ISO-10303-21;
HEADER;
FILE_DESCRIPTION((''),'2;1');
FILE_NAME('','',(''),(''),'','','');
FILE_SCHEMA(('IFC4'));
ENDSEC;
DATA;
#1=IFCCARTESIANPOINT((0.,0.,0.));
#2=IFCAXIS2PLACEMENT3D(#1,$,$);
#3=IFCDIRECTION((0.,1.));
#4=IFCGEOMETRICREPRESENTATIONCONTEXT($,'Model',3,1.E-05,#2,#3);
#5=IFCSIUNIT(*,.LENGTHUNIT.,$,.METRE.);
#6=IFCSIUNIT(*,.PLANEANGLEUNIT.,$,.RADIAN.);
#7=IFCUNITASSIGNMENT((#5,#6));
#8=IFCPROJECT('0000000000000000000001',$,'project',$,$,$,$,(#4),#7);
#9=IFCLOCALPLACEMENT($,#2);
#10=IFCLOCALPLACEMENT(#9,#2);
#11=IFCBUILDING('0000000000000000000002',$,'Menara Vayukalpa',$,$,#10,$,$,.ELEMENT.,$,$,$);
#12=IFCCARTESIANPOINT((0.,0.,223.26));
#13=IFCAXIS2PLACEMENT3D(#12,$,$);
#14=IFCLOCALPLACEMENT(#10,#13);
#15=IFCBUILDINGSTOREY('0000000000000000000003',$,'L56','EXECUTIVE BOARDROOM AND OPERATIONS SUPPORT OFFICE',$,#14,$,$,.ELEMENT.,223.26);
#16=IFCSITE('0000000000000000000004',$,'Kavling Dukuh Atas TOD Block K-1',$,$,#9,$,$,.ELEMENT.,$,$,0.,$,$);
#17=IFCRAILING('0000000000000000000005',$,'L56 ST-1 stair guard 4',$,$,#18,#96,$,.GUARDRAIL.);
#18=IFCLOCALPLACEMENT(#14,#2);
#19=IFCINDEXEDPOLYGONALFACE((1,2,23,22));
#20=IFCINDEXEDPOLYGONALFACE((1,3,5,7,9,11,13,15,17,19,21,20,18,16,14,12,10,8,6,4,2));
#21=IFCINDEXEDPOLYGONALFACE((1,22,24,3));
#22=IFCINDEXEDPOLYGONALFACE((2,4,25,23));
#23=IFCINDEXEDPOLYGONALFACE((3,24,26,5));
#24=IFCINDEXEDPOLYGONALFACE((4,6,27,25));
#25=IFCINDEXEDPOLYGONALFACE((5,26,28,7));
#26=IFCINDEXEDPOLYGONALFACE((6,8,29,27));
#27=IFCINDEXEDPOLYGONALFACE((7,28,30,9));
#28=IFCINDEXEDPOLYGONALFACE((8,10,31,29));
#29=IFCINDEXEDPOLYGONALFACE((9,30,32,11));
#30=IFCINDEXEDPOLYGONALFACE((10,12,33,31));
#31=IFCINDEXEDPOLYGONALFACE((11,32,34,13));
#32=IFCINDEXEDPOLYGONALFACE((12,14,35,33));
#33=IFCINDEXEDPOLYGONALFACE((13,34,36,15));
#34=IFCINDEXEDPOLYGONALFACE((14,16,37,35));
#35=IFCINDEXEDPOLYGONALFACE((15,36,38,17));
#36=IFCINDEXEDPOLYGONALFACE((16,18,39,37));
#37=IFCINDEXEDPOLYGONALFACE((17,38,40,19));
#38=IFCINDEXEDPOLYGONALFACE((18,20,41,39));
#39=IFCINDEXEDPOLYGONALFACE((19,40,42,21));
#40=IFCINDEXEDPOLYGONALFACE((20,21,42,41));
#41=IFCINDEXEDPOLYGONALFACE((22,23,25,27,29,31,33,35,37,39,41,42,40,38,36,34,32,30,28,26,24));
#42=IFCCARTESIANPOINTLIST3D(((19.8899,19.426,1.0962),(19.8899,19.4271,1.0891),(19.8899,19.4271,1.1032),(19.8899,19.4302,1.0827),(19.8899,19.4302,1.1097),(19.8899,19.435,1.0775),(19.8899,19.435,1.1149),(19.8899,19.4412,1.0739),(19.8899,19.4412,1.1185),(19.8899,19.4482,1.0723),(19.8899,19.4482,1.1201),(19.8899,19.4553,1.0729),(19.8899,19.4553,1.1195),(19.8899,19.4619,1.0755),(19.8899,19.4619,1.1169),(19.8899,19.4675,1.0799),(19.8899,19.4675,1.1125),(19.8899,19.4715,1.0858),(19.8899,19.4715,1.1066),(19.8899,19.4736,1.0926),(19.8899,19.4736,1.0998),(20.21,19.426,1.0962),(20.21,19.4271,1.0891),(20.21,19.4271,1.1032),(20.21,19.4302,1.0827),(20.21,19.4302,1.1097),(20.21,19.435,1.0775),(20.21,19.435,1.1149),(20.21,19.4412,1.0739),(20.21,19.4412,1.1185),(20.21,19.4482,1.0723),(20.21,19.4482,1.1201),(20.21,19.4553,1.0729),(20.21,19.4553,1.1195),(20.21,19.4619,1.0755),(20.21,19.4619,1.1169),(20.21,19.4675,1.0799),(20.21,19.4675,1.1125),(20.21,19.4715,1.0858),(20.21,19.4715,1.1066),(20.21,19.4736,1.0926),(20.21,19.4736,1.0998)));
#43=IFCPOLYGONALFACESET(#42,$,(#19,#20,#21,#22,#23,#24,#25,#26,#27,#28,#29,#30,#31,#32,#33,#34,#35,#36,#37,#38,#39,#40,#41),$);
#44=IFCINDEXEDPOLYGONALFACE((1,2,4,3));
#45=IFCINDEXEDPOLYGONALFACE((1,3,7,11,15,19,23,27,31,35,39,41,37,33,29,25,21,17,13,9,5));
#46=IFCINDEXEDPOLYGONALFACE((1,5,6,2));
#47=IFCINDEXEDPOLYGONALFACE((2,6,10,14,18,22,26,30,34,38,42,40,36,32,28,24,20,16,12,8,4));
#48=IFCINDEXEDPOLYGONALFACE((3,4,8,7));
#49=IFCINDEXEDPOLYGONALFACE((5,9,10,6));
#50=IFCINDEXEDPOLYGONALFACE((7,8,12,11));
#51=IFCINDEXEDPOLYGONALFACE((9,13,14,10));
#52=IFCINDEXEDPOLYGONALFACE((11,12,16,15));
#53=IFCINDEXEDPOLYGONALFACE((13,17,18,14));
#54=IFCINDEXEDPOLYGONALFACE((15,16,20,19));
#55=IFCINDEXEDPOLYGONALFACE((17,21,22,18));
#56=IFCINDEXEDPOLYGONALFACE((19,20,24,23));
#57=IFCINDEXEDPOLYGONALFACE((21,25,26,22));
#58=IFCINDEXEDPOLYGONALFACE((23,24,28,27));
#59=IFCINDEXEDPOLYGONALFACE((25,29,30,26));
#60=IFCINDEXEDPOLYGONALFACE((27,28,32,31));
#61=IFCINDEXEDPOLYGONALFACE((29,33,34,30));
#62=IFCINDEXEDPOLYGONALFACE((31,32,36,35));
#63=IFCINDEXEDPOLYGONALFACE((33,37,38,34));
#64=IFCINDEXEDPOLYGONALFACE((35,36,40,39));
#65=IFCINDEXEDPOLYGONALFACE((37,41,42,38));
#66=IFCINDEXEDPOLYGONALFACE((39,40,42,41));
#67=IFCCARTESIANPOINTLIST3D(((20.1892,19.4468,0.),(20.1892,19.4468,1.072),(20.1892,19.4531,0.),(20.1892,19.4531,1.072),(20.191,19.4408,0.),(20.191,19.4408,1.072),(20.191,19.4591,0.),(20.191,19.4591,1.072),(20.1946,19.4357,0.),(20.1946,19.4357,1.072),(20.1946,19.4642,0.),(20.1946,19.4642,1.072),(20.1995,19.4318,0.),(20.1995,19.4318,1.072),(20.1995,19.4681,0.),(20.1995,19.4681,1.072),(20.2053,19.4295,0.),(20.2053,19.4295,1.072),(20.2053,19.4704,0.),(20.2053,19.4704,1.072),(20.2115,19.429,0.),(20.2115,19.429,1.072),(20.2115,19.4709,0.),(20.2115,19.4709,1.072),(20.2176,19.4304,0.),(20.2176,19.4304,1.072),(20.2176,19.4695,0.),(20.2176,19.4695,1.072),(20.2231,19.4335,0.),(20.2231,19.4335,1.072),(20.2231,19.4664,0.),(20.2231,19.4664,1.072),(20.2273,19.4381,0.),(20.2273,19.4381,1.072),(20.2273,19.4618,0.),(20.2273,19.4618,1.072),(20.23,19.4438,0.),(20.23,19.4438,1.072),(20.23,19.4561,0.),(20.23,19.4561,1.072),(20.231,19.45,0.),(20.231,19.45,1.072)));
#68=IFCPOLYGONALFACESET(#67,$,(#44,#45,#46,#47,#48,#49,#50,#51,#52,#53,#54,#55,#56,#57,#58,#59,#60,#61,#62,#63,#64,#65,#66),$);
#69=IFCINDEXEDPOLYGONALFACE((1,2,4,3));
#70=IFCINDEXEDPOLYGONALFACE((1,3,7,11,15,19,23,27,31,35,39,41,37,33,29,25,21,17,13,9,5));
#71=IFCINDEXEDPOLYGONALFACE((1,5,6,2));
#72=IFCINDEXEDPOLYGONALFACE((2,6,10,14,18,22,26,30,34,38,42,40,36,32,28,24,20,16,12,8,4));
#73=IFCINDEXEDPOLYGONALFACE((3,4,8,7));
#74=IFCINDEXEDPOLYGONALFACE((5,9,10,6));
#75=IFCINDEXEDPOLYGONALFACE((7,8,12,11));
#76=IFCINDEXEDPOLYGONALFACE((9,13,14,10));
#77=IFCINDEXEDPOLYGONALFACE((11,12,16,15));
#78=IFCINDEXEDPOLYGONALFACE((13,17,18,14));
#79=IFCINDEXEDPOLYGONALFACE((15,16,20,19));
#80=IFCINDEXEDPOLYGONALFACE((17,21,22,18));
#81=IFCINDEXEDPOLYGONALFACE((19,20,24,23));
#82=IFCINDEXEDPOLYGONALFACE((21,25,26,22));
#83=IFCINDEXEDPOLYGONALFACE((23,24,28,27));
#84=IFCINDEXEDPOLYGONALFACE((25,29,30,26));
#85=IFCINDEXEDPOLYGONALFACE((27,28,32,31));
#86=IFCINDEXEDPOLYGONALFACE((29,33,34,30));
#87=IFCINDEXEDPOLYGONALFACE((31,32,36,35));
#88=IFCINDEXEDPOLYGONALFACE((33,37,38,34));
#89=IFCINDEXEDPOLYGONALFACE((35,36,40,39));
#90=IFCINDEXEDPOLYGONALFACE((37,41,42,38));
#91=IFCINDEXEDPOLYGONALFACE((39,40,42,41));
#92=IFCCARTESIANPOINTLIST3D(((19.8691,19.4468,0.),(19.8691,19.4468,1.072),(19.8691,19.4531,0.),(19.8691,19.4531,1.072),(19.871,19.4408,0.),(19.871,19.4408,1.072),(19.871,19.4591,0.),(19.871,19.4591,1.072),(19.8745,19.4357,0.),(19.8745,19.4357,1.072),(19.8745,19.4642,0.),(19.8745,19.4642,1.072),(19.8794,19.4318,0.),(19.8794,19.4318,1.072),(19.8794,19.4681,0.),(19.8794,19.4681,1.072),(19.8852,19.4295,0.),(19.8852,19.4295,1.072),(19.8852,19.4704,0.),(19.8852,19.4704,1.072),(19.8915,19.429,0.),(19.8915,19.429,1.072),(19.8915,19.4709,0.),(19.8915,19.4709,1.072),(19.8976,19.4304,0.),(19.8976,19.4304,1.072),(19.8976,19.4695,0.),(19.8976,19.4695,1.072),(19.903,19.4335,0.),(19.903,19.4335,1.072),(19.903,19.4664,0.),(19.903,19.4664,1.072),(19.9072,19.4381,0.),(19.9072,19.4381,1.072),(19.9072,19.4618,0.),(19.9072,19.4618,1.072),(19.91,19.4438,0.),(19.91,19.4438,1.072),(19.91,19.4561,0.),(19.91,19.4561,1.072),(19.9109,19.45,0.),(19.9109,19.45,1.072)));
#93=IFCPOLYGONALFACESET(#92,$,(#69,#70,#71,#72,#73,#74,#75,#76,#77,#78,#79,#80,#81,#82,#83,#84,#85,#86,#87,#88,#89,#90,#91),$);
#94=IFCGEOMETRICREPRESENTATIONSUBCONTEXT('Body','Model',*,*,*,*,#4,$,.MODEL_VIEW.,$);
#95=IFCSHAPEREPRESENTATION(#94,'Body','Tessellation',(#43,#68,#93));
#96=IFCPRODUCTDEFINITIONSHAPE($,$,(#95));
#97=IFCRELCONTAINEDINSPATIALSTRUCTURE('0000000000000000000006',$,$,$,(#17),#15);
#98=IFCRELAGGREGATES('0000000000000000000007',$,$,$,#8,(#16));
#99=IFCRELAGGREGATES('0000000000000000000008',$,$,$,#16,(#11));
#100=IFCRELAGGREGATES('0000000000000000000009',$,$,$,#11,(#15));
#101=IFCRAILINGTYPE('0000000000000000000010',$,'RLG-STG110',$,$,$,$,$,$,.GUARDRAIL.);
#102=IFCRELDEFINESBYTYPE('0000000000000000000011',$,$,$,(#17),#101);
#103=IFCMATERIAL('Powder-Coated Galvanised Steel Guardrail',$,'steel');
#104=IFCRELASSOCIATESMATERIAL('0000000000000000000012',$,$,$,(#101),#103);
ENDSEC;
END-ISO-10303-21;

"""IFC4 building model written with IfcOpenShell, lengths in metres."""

from ifc_helpers import new_model, si_unit, direction, frame, origin, origin_2d, place, context, subcontext, project, spatial, circle, extrude, material, type_object, element, save


model = new_model("IFC4")

# Units and contexts
model_context = context("Model", 3, precision=1e-05, world=origin(), true_north=direction((0.0, 1.0)))
body_context = subcontext(model_context, "Body", "Model", "MODEL_VIEW")
ifc_project = project(units=[si_unit("LENGTHUNIT", "METRE"), si_unit("PLANEANGLEUNIT", "RADIAN")], contexts=[model_context])

# Site, building, storey
site_placement = place(None, origin())
site = spatial("IfcSite", under=ifc_project, at=site_placement, Name="Kavling Dukuh Atas TOD Block K-1", CompositionType="ELEMENT", RefElevation=0.0)
building_placement = place(site_placement, origin())
building = spatial("IfcBuilding", under=site, at=building_placement, Name="Menara Vayukalpa", CompositionType="ELEMENT")
storey_placement = place(building_placement, frame((0.0, 0.0, 223.26)))
storey = spatial("IfcBuildingStorey", under=building, at=storey_placement, Name="L56", Description="EXECUTIVE BOARDROOM AND OPERATIONS SUPPORT OFFICE", CompositionType="ELEMENT", Elevation=223.26)

# Railing
ifc_material_1 = material(Name="Powder-Coated Galvanised Steel Guardrail", Category="steel")
railing_type_1 = type_object("IfcRailingType", Name="RLG-STG110", PredefinedType="GUARDRAIL", material=ifc_material_1)
railing_1_placement = place(storey_placement, frame((20.21, 19.45, 0.0)))
element("IfcRailing", 1, at=railing_1_placement, inside=storey, type_object=railing_type_1, Name="L56 ST-1 stair guard 4", PredefinedType="GUARDRAIL", context=body_context, shape_type="SweptSolid", body=[
    extrude(circle(Radius=0.0239, at=origin_2d()), frame((0.0, 0.0, 1.0962), z_axis=(-1.0, 0.0, 0.0), x_axis=(0.0, -1.0, 0.0)), (0.0, 0.0, 1.0), 0.3201),
    extrude(circle(Radius=0.021, at=origin_2d()), origin(), (0.0, 0.0, 1.0), 1.072),
    extrude(circle(Radius=0.021, at=origin_2d()), frame((-0.3201, 0.0, 0.0)), (0.0, 0.0, 1.0), 1.072),
])

save(model, "model.ifc")
